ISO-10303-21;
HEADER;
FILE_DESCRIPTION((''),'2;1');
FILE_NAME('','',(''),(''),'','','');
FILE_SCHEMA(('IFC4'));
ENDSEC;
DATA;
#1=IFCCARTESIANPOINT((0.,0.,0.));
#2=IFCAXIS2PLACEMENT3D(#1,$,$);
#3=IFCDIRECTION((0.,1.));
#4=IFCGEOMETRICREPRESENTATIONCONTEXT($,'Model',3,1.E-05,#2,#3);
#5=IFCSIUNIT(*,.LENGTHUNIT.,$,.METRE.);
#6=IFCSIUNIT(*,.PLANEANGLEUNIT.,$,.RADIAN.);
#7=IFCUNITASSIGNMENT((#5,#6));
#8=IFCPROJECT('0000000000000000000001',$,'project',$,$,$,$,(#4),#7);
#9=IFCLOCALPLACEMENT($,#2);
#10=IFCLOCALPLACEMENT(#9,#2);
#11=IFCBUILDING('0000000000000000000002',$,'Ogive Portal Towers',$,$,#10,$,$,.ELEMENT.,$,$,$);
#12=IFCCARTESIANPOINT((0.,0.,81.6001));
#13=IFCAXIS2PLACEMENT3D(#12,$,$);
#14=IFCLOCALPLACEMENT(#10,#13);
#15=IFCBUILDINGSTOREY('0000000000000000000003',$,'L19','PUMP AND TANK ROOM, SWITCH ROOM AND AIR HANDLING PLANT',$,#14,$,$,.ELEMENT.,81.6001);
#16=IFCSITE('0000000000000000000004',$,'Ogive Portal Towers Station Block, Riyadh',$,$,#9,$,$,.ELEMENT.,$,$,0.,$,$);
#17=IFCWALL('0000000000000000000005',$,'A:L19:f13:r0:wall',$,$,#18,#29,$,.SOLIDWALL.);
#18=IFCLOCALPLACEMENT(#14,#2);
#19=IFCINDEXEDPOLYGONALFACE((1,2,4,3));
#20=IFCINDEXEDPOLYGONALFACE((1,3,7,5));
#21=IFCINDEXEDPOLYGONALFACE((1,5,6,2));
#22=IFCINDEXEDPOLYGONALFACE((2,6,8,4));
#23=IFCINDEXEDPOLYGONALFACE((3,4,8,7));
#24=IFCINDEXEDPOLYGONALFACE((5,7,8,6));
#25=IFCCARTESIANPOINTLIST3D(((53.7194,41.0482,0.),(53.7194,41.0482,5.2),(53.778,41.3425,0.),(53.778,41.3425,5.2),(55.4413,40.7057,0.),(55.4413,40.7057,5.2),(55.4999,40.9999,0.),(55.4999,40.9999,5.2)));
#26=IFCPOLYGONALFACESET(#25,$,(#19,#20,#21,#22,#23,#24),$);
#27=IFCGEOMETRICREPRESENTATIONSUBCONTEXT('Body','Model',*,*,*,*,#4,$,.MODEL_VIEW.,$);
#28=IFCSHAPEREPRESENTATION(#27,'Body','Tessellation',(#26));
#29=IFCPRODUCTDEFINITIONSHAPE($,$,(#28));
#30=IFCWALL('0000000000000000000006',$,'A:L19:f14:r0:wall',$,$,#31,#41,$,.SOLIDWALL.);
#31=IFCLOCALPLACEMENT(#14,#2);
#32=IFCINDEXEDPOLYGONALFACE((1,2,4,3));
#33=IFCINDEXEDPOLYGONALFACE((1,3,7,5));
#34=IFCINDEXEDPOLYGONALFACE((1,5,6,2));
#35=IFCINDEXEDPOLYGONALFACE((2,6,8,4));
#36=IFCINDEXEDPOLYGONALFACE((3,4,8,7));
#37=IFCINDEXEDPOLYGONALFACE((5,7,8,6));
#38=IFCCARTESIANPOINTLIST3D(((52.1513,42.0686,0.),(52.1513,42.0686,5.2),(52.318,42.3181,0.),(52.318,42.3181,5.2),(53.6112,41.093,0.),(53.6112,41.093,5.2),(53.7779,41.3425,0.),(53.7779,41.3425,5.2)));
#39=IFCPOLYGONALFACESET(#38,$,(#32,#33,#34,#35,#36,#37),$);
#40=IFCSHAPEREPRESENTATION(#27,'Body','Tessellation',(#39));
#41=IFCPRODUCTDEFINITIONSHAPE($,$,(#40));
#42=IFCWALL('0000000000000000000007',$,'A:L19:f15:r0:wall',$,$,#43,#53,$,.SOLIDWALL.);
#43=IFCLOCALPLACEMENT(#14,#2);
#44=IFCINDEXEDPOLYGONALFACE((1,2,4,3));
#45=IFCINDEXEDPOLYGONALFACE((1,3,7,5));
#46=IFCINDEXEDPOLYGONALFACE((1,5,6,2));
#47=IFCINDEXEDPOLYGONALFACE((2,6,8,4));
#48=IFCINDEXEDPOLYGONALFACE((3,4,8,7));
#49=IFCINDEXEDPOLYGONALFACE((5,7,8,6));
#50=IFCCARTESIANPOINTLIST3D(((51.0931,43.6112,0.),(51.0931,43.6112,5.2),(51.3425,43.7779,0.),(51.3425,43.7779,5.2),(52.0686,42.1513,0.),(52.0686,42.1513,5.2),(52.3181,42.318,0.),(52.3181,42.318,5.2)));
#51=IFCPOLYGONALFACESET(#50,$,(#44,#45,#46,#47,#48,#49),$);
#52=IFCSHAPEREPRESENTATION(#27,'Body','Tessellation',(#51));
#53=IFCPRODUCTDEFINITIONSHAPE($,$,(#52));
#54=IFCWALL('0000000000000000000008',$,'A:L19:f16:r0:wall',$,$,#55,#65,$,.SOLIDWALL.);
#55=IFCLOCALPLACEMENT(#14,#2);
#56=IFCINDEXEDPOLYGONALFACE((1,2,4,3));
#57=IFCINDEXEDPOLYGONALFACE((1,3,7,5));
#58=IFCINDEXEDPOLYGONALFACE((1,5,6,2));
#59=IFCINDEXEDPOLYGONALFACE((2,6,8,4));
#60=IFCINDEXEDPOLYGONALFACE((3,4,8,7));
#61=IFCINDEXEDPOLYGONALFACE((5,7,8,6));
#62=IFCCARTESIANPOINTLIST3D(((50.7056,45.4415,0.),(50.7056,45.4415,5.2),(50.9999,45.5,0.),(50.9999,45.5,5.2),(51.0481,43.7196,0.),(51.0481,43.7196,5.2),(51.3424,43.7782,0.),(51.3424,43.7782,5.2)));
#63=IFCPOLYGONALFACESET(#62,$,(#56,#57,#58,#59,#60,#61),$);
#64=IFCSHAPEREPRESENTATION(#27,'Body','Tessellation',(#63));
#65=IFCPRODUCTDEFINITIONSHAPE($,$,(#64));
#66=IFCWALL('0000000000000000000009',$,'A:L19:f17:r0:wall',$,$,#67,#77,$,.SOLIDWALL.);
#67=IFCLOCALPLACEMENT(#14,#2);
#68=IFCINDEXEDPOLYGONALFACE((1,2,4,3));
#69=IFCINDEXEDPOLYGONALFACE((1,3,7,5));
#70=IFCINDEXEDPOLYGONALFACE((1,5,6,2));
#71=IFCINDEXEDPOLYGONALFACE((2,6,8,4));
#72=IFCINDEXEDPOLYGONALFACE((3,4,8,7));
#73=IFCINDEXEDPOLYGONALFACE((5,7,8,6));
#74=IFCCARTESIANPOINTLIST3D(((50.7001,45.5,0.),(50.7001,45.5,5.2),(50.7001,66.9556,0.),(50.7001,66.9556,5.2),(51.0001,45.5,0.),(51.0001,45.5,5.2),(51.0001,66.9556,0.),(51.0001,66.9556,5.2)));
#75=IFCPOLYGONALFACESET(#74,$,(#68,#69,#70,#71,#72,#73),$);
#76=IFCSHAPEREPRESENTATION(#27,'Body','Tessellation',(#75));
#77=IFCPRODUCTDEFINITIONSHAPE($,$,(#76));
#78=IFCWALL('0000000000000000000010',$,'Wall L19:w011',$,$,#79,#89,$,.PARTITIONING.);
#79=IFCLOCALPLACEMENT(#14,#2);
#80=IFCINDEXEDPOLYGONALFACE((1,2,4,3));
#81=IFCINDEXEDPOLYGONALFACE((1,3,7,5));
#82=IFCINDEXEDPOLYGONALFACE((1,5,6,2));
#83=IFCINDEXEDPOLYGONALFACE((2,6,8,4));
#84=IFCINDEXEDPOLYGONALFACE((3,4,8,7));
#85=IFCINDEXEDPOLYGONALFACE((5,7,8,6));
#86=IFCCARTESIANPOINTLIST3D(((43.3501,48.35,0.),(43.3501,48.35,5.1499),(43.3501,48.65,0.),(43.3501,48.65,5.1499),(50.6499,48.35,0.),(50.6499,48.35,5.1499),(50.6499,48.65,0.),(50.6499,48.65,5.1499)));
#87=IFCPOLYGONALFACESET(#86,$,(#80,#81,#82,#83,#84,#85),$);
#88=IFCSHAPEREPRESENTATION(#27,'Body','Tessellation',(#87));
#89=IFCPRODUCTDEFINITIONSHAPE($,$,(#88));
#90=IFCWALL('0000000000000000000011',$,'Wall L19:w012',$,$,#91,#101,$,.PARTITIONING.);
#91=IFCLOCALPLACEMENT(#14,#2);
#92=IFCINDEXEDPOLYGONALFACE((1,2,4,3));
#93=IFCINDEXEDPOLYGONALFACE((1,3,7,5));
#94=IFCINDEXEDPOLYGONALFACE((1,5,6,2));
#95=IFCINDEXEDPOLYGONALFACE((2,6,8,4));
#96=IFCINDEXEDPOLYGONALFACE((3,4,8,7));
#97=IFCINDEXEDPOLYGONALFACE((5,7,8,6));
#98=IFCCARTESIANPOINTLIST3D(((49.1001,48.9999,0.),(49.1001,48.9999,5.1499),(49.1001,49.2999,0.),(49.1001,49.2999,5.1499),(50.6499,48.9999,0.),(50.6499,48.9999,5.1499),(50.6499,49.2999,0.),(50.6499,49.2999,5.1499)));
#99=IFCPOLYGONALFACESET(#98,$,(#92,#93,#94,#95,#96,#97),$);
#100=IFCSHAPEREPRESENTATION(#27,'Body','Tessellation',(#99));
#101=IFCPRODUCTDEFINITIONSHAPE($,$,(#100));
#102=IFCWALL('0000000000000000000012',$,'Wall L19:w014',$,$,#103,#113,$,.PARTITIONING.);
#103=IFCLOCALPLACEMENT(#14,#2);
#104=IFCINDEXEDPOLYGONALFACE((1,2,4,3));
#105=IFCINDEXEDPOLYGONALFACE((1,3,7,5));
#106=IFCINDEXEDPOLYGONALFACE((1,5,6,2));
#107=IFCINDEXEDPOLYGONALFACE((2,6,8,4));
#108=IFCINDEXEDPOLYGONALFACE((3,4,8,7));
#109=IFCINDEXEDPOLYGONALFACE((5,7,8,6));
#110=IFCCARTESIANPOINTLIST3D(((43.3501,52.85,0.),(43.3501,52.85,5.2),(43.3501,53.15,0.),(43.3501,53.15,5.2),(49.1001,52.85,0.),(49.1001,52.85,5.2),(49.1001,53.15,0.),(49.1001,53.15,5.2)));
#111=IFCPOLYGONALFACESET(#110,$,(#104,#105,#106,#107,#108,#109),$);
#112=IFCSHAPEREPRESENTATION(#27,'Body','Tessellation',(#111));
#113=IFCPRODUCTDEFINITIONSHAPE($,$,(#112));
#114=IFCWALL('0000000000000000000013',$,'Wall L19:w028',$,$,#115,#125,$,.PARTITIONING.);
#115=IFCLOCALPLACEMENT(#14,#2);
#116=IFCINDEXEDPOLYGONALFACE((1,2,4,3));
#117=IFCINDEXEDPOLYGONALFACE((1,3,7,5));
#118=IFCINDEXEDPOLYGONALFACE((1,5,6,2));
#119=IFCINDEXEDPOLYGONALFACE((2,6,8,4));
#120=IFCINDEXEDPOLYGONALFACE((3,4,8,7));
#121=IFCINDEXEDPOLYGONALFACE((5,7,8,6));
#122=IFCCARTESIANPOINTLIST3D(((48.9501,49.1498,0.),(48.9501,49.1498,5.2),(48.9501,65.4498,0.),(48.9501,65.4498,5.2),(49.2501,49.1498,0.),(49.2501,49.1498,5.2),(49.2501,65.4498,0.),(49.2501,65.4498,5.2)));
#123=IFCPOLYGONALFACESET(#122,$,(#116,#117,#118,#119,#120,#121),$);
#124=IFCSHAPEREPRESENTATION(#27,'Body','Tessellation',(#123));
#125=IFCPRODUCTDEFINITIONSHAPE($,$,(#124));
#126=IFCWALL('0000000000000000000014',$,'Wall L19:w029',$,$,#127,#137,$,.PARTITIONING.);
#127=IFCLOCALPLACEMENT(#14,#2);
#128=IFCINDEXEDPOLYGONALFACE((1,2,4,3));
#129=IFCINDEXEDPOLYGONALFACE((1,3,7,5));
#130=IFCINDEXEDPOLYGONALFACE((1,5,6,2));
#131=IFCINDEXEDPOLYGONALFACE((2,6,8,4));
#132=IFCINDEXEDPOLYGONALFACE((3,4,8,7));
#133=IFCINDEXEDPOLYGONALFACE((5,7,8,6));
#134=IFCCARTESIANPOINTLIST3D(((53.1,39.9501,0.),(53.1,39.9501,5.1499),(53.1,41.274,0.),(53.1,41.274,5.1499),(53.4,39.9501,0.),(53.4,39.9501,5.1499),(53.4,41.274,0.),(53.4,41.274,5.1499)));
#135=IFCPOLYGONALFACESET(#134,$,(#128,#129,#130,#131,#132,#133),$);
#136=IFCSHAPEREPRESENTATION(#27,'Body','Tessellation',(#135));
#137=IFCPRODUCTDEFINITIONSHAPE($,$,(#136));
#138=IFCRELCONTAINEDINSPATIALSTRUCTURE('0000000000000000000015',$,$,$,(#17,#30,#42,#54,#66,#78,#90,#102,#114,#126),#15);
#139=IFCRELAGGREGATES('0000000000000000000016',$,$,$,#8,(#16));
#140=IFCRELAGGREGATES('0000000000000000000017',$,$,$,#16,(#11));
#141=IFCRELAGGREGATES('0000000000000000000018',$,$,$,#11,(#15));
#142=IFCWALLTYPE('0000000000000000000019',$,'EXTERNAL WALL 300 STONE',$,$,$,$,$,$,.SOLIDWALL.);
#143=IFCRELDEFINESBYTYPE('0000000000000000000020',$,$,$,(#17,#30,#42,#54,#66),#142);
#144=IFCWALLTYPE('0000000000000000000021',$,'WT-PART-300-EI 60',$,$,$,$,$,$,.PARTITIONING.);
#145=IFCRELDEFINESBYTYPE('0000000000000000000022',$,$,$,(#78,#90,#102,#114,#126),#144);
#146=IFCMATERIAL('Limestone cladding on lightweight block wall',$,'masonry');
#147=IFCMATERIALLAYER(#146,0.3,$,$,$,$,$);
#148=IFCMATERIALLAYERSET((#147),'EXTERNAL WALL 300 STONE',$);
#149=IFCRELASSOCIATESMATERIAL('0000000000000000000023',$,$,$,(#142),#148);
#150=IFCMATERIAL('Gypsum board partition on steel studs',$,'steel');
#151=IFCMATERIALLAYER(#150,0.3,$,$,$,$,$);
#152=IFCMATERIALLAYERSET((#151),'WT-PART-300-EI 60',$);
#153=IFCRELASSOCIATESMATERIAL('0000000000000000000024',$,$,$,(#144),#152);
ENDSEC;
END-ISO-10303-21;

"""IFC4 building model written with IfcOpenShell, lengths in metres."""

from ifc_helpers import new_model, si_unit, direction, frame, frame_2d, origin, place, context, subcontext, project, spatial, rectangle, extrude, material, layer, layer_set, type_object, element, save


model = new_model("IFC4")

# Units and contexts
model_context = context("Model", 3, precision=1e-05, world=origin(), true_north=direction((0.0, 1.0)))
body_context = subcontext(model_context, "Body", "Model", "MODEL_VIEW")
ifc_project = project(units=[si_unit("LENGTHUNIT", "METRE"), si_unit("PLANEANGLEUNIT", "RADIAN")], contexts=[model_context])

# Site, building, storey
site_placement = place(None, origin())
site = spatial("IfcSite", under=ifc_project, at=site_placement, Name="Ogive Portal Towers Station Block, Riyadh", CompositionType="ELEMENT", RefElevation=0.0)
building_placement = place(site_placement, origin())
building = spatial("IfcBuilding", under=site, at=building_placement, Name="Ogive Portal Towers", CompositionType="ELEMENT")
storey_placement = place(building_placement, frame((0.0, 0.0, 81.6001)))
storey = spatial("IfcBuildingStorey", under=building, at=storey_placement, Name="L19", Description="PUMP AND TANK ROOM, SWITCH ROOM AND AIR HANDLING PLANT", CompositionType="ELEMENT", Elevation=81.6001)

# Walls
ifc_material_1 = material(Name="Limestone cladding on lightweight block wall", Category="masonry")
ifc_layer_1 = layer(ifc_material_1, 0.3)
ifc_layer_set_1 = layer_set([ifc_layer_1], Name="EXTERNAL WALL 300 STONE")
wall_type_1 = type_object("IfcWallType", Name="EXTERNAL WALL 300 STONE", PredefinedType="SOLIDWALL", material=ifc_layer_set_1)
wall_1_placement = place(storey_placement, frame((55.4707, 40.8528, 0.0), z_axis=(0.0, 0.0, 1.0), x_axis=(-0.980783, 0.1951, 0.0)))
element("IfcWall", 1, at=wall_1_placement, inside=storey, type_object=wall_type_1, Name="A:L19:f13:r0:wall", PredefinedType="SOLIDWALL", context=body_context, shape_type="SweptSolid", body=[
    extrude(rectangle(XDim=1.7556, YDim=0.3, at=frame_2d((0.8779, 0.0))), origin(), (0.0, 0.0, 1.0), 5.2),
])
for number, where, z_axis, x_axis, name in (
    (2, (53.6946, 41.2178, 0.0), (0.0, 0.0, 1.0), (-0.831451, 0.555598, 0.0), "A:L19:f14:r0:wall"),
    (3, (52.1934, 42.2346, 0.0), (0.0, 0.0, 1.0), (-0.555598, 0.831451, 0.0), "A:L19:f15:r0:wall"),
):
    element("IfcWall", number, at=place(storey_placement, frame(where, z_axis=z_axis, x_axis=x_axis)), inside=storey, type_object=wall_type_1, Name=name, PredefinedType="SOLIDWALL", context=body_context, shape_type="SweptSolid", body=[
        extrude(rectangle(XDim=1.7559, YDim=0.3, at=frame_2d((0.8779, 0.0))), origin(), (0.0, 0.0, 1.0), 5.2),
    ])
wall_2_placement = place(storey_placement, frame((51.1953, 43.7488, 0.0), z_axis=(0.0, 0.0, 1.0), x_axis=(-0.1951, 0.980783, 0.0)))
element("IfcWall", 4, at=wall_2_placement, inside=storey, type_object=wall_type_1, Name="A:L19:f16:r0:wall", PredefinedType="SOLIDWALL", context=body_context, shape_type="SweptSolid", body=[
    extrude(rectangle(XDim=1.7556, YDim=0.3, at=frame_2d((0.8779, 0.0))), origin(), (0.0, 0.0, 1.0), 5.2),
])
wall_3_placement = place(storey_placement, frame((50.8501, 45.5, 0.0), z_axis=(0.0, 0.0, 1.0), x_axis=(0.0, 1.0, 0.0)))
element("IfcWall", 5, at=wall_3_placement, inside=storey, type_object=wall_type_1, Name="A:L19:f17:r0:wall", PredefinedType="SOLIDWALL", context=body_context, shape_type="SweptSolid", body=[
    extrude(rectangle(XDim=21.4556, YDim=0.3, at=frame_2d((10.7278, 0.0))), origin(), (0.0, 0.0, 1.0), 5.2),
])
ifc_material_2 = material(Name="Gypsum board partition on steel studs", Category="steel")
ifc_layer_2 = layer(ifc_material_2, 0.3)
ifc_layer_set_2 = layer_set([ifc_layer_2], Name="WT-PART-300-EI 60")
wall_type_2 = type_object("IfcWallType", Name="WT-PART-300-EI 60", PredefinedType="PARTITIONING", material=ifc_layer_set_2)
wall_4_placement = place(storey_placement, frame((43.3501, 48.5, 0.0), z_axis=(0.0, 0.0, 1.0), x_axis=(1.0, 0.0, 0.0)))
element("IfcWall", 6, at=wall_4_placement, inside=storey, type_object=wall_type_2, Name="Wall L19:w011", PredefinedType="PARTITIONING", context=body_context, shape_type="SweptSolid", body=[
    extrude(rectangle(XDim=7.2998, YDim=0.3, at=frame_2d((3.6499, 0.0))), origin(), (0.0, 0.0, 1.0), 5.1499),
])
wall_5_placement = place(storey_placement, frame((49.1001, 49.1499, 0.0), z_axis=(0.0, 0.0, 1.0), x_axis=(1.0, 0.0, 0.0)))
element("IfcWall", 7, at=wall_5_placement, inside=storey, type_object=wall_type_2, Name="Wall L19:w012", PredefinedType="PARTITIONING", context=body_context, shape_type="SweptSolid", body=[
    extrude(rectangle(XDim=1.5498, YDim=0.3, at=frame_2d((0.7749, 0.0))), origin(), (0.0, 0.0, 1.0), 5.1499),
])
wall_6_placement = place(storey_placement, frame((43.3501, 53.0, 0.0), z_axis=(0.0, 0.0, 1.0), x_axis=(1.0, 0.0, 0.0)))
element("IfcWall", 8, at=wall_6_placement, inside=storey, type_object=wall_type_2, Name="Wall L19:w014", PredefinedType="PARTITIONING", context=body_context, shape_type="SweptSolid", body=[
    extrude(rectangle(XDim=5.75, YDim=0.3, at=frame_2d((2.875, 0.0))), origin(), (0.0, 0.0, 1.0), 5.2),
])
wall_7_placement = place(storey_placement, frame((49.1001, 49.1499, 0.0), z_axis=(0.0, 0.0, 1.0), x_axis=(0.0, 1.0, 0.0)))
element("IfcWall", 9, at=wall_7_placement, inside=storey, type_object=wall_type_2, Name="Wall L19:w028", PredefinedType="PARTITIONING", context=body_context, shape_type="SweptSolid", body=[
    extrude(rectangle(XDim=16.3, YDim=0.3, at=frame_2d((8.1499, 0.0))), origin(), (0.0, 0.0, 1.0), 5.2),
])
wall_8_placement = place(storey_placement, frame((53.25, 39.95, 0.0), z_axis=(0.0, 0.0, 1.0), x_axis=(0.0, 1.0, 0.0)))
element("IfcWall", 10, at=wall_8_placement, inside=storey, type_object=wall_type_2, Name="Wall L19:w029", PredefinedType="PARTITIONING", context=body_context, shape_type="SweptSolid", body=[
    extrude(rectangle(XDim=1.324, YDim=0.3, at=frame_2d((0.6621, 0.0))), origin(), (0.0, 0.0, 1.0), 5.1499),
])

save(model, "model.ifc")
